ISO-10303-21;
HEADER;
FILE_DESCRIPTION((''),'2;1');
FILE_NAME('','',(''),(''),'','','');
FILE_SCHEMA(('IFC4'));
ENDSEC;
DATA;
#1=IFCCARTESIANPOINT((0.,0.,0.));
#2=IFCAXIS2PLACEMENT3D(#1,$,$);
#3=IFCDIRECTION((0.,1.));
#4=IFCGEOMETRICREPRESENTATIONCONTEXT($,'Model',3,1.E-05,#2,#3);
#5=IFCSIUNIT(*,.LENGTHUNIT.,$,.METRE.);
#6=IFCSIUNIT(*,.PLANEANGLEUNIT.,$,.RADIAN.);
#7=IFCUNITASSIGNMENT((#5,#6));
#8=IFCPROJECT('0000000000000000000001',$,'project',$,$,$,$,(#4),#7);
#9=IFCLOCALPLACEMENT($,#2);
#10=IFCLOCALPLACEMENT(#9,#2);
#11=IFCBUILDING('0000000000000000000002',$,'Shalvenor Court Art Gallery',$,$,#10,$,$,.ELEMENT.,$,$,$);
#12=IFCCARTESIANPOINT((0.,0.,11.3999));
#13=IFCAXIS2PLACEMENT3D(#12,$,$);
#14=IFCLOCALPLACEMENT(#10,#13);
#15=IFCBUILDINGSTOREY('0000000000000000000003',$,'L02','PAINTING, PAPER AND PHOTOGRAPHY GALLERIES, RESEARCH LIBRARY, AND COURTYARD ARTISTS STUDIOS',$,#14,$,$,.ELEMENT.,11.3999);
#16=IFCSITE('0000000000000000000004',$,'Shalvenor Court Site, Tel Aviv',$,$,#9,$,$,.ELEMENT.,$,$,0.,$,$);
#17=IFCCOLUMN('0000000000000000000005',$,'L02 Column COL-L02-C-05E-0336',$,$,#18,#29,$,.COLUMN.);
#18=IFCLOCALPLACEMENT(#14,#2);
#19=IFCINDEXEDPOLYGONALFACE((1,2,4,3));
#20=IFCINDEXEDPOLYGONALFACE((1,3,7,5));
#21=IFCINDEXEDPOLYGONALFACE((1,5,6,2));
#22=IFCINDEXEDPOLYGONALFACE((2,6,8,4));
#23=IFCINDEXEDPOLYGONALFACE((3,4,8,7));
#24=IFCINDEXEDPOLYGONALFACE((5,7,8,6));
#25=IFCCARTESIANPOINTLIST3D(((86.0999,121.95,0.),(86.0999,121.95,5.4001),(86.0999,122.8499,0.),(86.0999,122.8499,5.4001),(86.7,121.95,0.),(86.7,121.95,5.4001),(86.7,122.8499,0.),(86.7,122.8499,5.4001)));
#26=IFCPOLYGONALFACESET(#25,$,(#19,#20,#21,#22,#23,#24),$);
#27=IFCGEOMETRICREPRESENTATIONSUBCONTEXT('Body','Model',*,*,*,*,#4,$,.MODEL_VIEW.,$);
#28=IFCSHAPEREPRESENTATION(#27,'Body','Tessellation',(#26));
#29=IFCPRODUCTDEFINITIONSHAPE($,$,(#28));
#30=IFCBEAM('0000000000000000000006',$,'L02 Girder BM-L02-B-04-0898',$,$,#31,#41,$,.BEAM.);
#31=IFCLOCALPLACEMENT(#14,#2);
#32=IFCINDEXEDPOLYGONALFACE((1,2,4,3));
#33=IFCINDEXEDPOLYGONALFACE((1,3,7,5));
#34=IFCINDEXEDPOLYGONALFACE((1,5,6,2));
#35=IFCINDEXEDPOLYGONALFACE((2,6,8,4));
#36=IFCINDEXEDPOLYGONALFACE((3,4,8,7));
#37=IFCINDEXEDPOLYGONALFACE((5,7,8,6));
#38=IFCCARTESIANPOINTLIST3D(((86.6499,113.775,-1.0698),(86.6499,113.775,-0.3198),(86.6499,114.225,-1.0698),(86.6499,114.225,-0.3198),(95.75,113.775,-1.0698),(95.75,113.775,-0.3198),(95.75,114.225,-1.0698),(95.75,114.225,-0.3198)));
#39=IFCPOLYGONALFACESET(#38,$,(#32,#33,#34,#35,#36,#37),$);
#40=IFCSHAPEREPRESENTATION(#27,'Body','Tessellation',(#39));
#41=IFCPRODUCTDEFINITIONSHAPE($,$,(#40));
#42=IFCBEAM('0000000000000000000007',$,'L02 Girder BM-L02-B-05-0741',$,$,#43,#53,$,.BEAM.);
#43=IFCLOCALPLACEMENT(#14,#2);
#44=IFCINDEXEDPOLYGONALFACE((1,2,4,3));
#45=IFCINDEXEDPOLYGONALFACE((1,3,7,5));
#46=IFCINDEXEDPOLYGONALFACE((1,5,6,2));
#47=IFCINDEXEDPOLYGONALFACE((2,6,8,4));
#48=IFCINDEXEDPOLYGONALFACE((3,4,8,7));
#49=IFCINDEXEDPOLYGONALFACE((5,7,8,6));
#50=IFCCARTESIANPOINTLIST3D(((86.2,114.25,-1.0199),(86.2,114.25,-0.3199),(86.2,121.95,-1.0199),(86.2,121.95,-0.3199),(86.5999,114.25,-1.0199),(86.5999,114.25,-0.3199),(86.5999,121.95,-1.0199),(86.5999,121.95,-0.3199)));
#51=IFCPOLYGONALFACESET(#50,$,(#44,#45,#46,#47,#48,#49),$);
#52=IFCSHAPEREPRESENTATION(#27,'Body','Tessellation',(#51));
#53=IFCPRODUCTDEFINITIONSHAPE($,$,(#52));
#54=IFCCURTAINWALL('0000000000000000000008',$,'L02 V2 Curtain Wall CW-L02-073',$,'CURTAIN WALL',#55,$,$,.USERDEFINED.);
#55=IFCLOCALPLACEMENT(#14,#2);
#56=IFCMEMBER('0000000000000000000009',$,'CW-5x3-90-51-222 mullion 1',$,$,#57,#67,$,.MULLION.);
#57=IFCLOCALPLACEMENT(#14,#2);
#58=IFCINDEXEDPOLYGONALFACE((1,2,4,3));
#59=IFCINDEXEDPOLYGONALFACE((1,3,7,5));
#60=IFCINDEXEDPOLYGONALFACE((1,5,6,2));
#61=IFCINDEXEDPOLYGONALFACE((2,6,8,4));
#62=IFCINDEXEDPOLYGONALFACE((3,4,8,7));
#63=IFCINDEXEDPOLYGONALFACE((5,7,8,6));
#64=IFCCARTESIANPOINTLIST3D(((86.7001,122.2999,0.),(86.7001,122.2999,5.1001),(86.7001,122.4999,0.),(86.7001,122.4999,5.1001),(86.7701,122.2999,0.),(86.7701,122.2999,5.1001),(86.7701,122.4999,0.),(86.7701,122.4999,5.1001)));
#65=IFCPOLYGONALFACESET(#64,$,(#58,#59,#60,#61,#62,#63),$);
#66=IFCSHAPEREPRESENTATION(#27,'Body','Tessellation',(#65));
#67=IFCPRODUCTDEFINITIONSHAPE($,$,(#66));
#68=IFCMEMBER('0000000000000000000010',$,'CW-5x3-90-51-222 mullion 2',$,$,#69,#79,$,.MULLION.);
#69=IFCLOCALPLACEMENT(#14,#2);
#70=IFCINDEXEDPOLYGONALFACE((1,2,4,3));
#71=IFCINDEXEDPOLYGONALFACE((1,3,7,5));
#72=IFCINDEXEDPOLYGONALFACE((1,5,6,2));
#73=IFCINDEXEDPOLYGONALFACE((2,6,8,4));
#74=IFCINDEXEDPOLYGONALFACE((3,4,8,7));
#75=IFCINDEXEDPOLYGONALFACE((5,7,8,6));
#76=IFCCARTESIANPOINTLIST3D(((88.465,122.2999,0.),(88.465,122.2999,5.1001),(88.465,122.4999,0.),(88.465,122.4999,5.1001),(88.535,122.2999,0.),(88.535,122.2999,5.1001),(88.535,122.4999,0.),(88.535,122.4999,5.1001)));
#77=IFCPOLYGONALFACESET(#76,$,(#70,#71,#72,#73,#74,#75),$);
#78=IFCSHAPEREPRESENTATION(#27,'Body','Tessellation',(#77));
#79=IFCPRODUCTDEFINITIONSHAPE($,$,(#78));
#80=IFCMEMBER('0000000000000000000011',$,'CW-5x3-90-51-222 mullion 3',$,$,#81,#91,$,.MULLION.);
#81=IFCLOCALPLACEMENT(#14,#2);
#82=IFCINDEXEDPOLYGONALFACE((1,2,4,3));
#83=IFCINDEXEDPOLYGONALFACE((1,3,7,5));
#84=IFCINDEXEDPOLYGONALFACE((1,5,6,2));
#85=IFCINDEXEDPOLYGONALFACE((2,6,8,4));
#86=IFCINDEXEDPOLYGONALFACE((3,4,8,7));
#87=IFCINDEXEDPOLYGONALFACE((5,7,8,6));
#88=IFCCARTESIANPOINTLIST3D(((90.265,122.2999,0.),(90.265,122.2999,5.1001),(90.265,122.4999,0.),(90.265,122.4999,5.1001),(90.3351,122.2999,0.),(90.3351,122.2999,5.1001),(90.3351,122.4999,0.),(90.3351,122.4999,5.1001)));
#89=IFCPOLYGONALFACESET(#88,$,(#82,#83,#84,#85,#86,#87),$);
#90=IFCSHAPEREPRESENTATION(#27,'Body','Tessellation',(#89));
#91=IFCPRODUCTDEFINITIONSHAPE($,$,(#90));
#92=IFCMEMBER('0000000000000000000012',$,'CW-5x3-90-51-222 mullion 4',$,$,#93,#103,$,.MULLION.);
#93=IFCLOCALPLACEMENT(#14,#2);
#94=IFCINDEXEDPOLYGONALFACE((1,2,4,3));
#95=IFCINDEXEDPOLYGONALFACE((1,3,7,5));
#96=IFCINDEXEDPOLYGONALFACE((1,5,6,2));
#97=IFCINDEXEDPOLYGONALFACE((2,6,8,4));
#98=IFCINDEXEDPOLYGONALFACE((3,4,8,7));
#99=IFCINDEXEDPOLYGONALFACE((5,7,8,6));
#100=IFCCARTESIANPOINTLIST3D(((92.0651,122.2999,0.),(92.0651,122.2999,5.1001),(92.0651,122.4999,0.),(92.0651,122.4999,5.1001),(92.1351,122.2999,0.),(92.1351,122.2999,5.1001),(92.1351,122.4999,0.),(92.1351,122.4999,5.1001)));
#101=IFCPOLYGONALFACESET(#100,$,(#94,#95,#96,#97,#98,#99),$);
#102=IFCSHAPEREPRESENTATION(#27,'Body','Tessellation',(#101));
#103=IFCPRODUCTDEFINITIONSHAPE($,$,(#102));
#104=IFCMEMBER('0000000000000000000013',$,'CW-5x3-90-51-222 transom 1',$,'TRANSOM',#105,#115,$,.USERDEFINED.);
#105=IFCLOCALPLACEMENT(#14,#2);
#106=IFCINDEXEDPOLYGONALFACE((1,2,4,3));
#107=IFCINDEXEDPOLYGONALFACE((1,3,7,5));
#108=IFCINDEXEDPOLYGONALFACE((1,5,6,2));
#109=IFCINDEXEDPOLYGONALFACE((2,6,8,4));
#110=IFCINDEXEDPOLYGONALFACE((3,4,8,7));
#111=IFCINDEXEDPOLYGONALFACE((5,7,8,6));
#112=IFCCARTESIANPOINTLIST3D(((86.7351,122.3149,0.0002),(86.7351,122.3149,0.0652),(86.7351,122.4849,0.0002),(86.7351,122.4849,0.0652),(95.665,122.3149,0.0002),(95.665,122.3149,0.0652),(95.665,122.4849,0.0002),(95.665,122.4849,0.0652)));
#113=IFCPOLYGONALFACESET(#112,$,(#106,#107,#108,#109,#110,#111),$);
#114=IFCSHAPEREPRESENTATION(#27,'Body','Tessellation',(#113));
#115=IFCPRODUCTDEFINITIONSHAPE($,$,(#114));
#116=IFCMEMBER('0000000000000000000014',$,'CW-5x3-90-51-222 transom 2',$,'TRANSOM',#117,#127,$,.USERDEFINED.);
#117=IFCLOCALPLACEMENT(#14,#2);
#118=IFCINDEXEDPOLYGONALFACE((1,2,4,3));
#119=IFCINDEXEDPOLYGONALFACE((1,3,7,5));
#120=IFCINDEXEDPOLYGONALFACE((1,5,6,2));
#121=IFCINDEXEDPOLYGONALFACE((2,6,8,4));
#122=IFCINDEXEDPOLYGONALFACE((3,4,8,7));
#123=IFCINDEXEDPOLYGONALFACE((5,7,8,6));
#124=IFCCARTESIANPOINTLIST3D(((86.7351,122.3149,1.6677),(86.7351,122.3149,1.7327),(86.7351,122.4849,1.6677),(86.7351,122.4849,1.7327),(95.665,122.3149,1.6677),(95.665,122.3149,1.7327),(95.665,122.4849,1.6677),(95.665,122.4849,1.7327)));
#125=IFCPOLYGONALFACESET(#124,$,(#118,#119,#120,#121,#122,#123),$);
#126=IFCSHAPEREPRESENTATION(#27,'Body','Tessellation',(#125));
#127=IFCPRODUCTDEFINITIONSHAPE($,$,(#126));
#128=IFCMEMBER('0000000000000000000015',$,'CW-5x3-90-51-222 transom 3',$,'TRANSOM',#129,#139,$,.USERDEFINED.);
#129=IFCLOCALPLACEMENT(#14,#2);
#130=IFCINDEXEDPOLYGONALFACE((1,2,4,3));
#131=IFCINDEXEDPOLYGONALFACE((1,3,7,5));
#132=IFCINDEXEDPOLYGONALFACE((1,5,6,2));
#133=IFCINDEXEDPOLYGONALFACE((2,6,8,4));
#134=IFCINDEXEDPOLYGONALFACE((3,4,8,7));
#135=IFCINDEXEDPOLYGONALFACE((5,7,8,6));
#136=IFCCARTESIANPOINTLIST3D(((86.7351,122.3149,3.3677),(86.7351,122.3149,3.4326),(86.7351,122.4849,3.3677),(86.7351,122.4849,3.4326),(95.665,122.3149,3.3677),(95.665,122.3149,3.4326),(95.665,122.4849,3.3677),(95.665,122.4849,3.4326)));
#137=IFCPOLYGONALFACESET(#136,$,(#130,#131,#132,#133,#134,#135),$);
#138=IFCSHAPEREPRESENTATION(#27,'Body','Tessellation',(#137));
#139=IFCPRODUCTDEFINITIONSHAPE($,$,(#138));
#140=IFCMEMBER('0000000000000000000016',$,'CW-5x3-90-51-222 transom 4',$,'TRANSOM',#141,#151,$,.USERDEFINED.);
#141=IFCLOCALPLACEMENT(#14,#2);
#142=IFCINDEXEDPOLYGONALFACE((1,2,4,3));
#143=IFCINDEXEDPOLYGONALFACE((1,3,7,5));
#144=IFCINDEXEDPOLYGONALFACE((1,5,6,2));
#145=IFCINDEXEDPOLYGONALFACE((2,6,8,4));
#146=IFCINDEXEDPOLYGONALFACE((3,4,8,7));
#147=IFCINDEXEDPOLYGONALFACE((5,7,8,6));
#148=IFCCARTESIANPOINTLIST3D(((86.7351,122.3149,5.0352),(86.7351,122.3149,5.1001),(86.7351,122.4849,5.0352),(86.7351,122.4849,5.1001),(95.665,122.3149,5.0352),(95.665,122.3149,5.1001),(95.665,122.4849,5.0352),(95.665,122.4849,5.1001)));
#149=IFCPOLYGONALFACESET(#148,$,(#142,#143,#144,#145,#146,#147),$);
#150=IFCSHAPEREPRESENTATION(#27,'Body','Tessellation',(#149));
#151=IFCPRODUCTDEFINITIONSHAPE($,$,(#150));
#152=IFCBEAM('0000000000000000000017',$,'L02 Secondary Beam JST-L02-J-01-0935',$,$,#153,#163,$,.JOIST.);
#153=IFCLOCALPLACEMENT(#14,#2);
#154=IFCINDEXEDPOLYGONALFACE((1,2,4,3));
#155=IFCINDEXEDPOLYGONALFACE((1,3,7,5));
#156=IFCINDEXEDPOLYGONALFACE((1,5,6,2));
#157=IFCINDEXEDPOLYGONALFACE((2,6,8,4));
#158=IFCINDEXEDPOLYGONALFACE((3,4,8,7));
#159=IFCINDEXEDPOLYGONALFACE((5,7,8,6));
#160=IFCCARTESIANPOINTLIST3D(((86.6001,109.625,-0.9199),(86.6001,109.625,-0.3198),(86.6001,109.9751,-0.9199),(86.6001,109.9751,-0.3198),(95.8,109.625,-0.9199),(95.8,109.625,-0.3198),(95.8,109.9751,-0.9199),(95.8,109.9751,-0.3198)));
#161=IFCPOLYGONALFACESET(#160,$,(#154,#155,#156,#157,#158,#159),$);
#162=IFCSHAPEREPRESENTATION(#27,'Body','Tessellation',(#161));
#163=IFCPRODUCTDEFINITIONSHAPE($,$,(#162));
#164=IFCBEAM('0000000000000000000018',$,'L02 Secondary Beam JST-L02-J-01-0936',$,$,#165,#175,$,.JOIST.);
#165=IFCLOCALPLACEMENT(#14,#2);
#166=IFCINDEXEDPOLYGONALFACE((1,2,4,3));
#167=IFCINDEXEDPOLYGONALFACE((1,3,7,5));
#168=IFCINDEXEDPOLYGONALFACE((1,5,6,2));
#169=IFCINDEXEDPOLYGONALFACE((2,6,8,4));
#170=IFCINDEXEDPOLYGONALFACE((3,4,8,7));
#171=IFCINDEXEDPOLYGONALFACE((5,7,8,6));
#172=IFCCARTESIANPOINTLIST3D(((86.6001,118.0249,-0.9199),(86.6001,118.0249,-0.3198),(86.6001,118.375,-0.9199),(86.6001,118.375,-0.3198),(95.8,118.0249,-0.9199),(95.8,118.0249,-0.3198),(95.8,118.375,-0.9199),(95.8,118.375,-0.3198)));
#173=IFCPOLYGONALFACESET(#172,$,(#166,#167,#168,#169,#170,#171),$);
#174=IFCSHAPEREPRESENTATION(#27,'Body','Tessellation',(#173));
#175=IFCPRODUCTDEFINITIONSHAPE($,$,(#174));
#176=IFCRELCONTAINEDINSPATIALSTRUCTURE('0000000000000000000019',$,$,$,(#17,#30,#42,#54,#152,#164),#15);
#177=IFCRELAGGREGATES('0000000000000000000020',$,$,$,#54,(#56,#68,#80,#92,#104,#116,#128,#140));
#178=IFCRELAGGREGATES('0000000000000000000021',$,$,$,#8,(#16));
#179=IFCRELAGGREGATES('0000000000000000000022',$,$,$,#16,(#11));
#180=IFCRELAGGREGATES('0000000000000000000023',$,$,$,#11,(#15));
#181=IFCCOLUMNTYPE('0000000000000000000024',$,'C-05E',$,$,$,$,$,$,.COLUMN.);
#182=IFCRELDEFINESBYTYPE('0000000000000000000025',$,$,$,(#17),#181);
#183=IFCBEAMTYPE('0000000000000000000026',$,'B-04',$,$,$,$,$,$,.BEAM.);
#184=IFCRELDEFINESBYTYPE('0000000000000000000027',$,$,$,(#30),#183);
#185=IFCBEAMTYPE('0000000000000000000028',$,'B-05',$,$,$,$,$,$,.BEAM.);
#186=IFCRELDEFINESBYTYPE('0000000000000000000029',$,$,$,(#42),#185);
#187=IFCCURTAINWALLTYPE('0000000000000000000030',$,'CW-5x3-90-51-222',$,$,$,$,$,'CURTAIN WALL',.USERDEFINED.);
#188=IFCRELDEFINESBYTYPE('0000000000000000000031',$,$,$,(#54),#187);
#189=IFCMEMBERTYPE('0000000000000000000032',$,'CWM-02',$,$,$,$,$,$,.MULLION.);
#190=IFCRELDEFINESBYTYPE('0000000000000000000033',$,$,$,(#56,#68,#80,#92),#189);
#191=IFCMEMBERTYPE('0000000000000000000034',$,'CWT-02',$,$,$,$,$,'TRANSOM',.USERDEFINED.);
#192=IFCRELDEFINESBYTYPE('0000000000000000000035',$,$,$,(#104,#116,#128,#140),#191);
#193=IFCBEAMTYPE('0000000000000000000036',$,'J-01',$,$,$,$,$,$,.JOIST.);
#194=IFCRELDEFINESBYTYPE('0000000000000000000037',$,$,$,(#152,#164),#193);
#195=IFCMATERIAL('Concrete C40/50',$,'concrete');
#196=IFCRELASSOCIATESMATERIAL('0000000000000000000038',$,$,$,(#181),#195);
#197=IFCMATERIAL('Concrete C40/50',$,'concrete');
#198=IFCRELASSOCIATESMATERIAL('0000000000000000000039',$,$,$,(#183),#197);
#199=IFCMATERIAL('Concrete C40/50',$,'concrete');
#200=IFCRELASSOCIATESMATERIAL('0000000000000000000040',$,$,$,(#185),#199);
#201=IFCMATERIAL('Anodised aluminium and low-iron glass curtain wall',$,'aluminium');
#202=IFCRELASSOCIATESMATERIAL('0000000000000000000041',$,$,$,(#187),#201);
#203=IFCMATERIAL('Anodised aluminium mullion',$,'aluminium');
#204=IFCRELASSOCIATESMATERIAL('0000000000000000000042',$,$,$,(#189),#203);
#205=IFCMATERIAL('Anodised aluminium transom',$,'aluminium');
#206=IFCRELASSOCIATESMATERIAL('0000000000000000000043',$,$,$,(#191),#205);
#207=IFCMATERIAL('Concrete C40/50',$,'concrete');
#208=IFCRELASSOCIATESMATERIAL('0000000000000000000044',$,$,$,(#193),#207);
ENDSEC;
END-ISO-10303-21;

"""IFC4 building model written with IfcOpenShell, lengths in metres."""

from ifc_helpers import new_model, si_unit, direction, frame, origin, origin_2d, place, context, subcontext, project, spatial, rectangle, extrude, material, material_profile, profile_set, type_object, element, aggregate, save


model = new_model("IFC4")

# Units and contexts
model_context = context("Model", 3, precision=1e-05, world=origin(), true_north=direction((0.0, 1.0)))
body_context = subcontext(model_context, "Body", "Model", "MODEL_VIEW")
ifc_project = project(units=[si_unit("LENGTHUNIT", "METRE"), si_unit("PLANEANGLEUNIT", "RADIAN")], contexts=[model_context])

# Site, building, storey
site_placement = place(None, origin())
site = spatial("IfcSite", under=ifc_project, at=site_placement, Name="Shalvenor Court Site, Tel Aviv", CompositionType="ELEMENT", RefElevation=0.0)
building_placement = place(site_placement, origin())
building = spatial("IfcBuilding", under=site, at=building_placement, Name="Shalvenor Court Art Gallery", CompositionType="ELEMENT")
storey_placement = place(building_placement, frame((0.0, 0.0, 11.3999)))
storey = spatial("IfcBuildingStorey", under=building, at=storey_placement, Name="L02", Description="PAINTING, PAPER AND PHOTOGRAPHY GALLERIES, RESEARCH LIBRARY, AND COURTYARD ARTISTS STUDIOS", CompositionType="ELEMENT", Elevation=11.3999)

# Column
ifc_material_1 = material(Name="Concrete C40/50", Category="concrete")
ifc_material_profile_1 = material_profile(ifc_material_1, rectangle(XDim=0.6001, YDim=0.8999, at=origin_2d()), Name="RC 600x900")
ifc_profile_set_1 = profile_set([ifc_material_profile_1], Name="Concrete C40/50")
column_type = type_object("IfcColumnType", Name="C-05E", PredefinedType="COLUMN", material=ifc_profile_set_1)
column_placement = place(storey_placement, frame((86.3999, 122.3999, 0.0), z_axis=(0.0, 0.0, 1.0), x_axis=(1.0, 0.0, 0.0)))
element("IfcColumn", 1, at=column_placement, inside=storey, type_object=column_type, Name="L02 Column COL-L02-C-05E-0336", PredefinedType="COLUMN", context=body_context, shape_type="SweptSolid", body=[
    extrude(rectangle(XDim=0.6001, YDim=0.8999, at=origin_2d()), origin(), (0.0, 0.0, 1.0), 5.4001),
])

# Beams
ifc_material_2 = material(Name="Concrete C40/50", Category="concrete")
ifc_material_profile_2 = material_profile(ifc_material_2, rectangle(XDim=0.45, YDim=0.75, at=origin_2d()), Name="RC 450x750")
ifc_profile_set_2 = profile_set([ifc_material_profile_2], Name="Concrete C40/50")
beam_type_1 = type_object("IfcBeamType", Name="B-04", PredefinedType="BEAM", material=ifc_profile_set_2)
beam_1_placement = place(storey_placement, frame((86.6499, 114.0, -0.6948), z_axis=(1.0, 0.0, 0.0), x_axis=(0.0, 1.0, 0.0)))
element("IfcBeam", 2, at=beam_1_placement, inside=storey, type_object=beam_type_1, Name="L02 Girder BM-L02-B-04-0898", PredefinedType="BEAM", context=body_context, shape_type="SweptSolid", body=[
    extrude(rectangle(XDim=0.45, YDim=0.75, at=origin_2d()), origin(), (0.0, 0.0, 1.0), 9.1001),
])
ifc_material_3 = material(Name="Concrete C40/50", Category="concrete")
ifc_material_profile_3 = material_profile(ifc_material_3, rectangle(XDim=0.3999, YDim=0.7, at=origin_2d()), Name="RC 400x700")
ifc_profile_set_3 = profile_set([ifc_material_profile_3], Name="Concrete C40/50")
beam_type_2 = type_object("IfcBeamType", Name="B-05", PredefinedType="BEAM", material=ifc_profile_set_3)
beam_2_placement = place(storey_placement, frame((86.3999, 114.25, -0.6699), z_axis=(0.0, 1.0, 0.0), x_axis=(-1.0, 0.0, 0.0)))
element("IfcBeam", 3, at=beam_2_placement, inside=storey, type_object=beam_type_2, Name="L02 Girder BM-L02-B-05-0741", PredefinedType="BEAM", context=body_context, shape_type="SweptSolid", body=[
    extrude(rectangle(XDim=0.3999, YDim=0.7, at=origin_2d()), origin(), (0.0, 0.0, 1.0), 7.7),
])

# Curtain wall, members
ifc_material_4 = material(Name="Anodised aluminium and low-iron glass curtain wall", Category="aluminium")
curtain_wall_type = type_object("IfcCurtainWallType", Name="CW-5x3-90-51-222", ElementType="CURTAIN WALL", PredefinedType="USERDEFINED", material=ifc_material_4)
curtain_wall_placement = place(storey_placement, origin())
curtain_wall = element("IfcCurtainWall", 4, at=curtain_wall_placement, inside=storey, type_object=curtain_wall_type, Name="L02 V2 Curtain Wall CW-L02-073", ObjectType="CURTAIN WALL", PredefinedType="USERDEFINED")
ifc_material_5 = material(Name="Anodised aluminium mullion", Category="aluminium")
ifc_material_profile_4 = material_profile(ifc_material_5, rectangle(XDim=0.0701, YDim=0.2, at=origin_2d()), Name="CWM-02")
ifc_profile_set_4 = profile_set([ifc_material_profile_4], Name="Anodised aluminium mullion")
member_type_1 = type_object("IfcMemberType", Name="CWM-02", PredefinedType="MULLION", material=ifc_profile_set_4)
member_1_placement = place(storey_placement, frame((86.7351, 122.3999, 0.0), z_axis=(0.0, 0.0, 1.0), x_axis=(1.0, 0.0, 0.0)))
member_1 = element("IfcMember", 5, at=member_1_placement, type_object=member_type_1, Name="CW-5x3-90-51-222 mullion 1", PredefinedType="MULLION", context=body_context, shape_type="SweptSolid", body=[
    extrude(rectangle(XDim=0.0701, YDim=0.2, at=origin_2d()), origin(), (0.0, 0.0, 1.0), 5.1001),
])
member_2_placement = place(storey_placement, frame((88.5, 122.3999, 0.0), z_axis=(0.0, 0.0, 1.0), x_axis=(1.0, 0.0, 0.0)))
member_2 = element("IfcMember", 6, at=member_2_placement, type_object=member_type_1, Name="CW-5x3-90-51-222 mullion 2", PredefinedType="MULLION", context=body_context, shape_type="SweptSolid", body=[
    extrude(rectangle(XDim=0.0701, YDim=0.2, at=origin_2d()), origin(), (0.0, 0.0, 1.0), 5.1001),
])
member_3_placement = place(storey_placement, frame((90.3, 122.3999, 0.0), z_axis=(0.0, 0.0, 1.0), x_axis=(1.0, 0.0, 0.0)))
member_3 = element("IfcMember", 7, at=member_3_placement, type_object=member_type_1, Name="CW-5x3-90-51-222 mullion 3", PredefinedType="MULLION", context=body_context, shape_type="SweptSolid", body=[
    extrude(rectangle(XDim=0.0701, YDim=0.2, at=origin_2d()), origin(), (0.0, 0.0, 1.0), 5.1001),
])
member_4_placement = place(storey_placement, frame((92.1001, 122.3999, 0.0), z_axis=(0.0, 0.0, 1.0), x_axis=(1.0, 0.0, 0.0)))
member_4 = element("IfcMember", 8, at=member_4_placement, type_object=member_type_1, Name="CW-5x3-90-51-222 mullion 4", PredefinedType="MULLION", context=body_context, shape_type="SweptSolid", body=[
    extrude(rectangle(XDim=0.0701, YDim=0.2, at=origin_2d()), origin(), (0.0, 0.0, 1.0), 5.1001),
])
ifc_material_6 = material(Name="Anodised aluminium transom", Category="aluminium")
ifc_material_profile_5 = material_profile(ifc_material_6, rectangle(XDim=0.1699, YDim=0.0649, at=origin_2d()), Name="CWT-02")
ifc_profile_set_5 = profile_set([ifc_material_profile_5], Name="Anodised aluminium transom")
member_type_2 = type_object("IfcMemberType", Name="CWT-02", ElementType="TRANSOM", PredefinedType="USERDEFINED", material=ifc_profile_set_5)
member_5_placement = place(storey_placement, frame((86.7351, 122.3999, 0.0327), z_axis=(1.0, 0.0, 0.0), x_axis=(0.0, 1.0, 0.0)))
member_5 = element("IfcMember", 9, at=member_5_placement, type_object=member_type_2, Name="CW-5x3-90-51-222 transom 1", ObjectType="TRANSOM", PredefinedType="USERDEFINED", context=body_context, shape_type="SweptSolid", body=[
    extrude(rectangle(XDim=0.1699, YDim=0.0649, at=origin_2d()), origin(), (0.0, 0.0, 1.0), 8.9299),
])
member_6_placement = place(storey_placement, frame((86.7351, 122.3999, 1.7002), z_axis=(1.0, 0.0, 0.0), x_axis=(0.0, 1.0, 0.0)))
member_6 = element("IfcMember", 10, at=member_6_placement, type_object=member_type_2, Name="CW-5x3-90-51-222 transom 2", ObjectType="TRANSOM", PredefinedType="USERDEFINED", context=body_context, shape_type="SweptSolid", body=[
    extrude(rectangle(XDim=0.1699, YDim=0.0649, at=origin_2d()), origin(), (0.0, 0.0, 1.0), 8.9299),
])
member_7_placement = place(storey_placement, frame((86.7351, 122.3999, 3.4001), z_axis=(1.0, 0.0, 0.0), x_axis=(0.0, 1.0, 0.0)))
member_7 = element("IfcMember", 11, at=member_7_placement, type_object=member_type_2, Name="CW-5x3-90-51-222 transom 3", ObjectType="TRANSOM", PredefinedType="USERDEFINED", context=body_context, shape_type="SweptSolid", body=[
    extrude(rectangle(XDim=0.1699, YDim=0.0649, at=origin_2d()), origin(), (0.0, 0.0, 1.0), 8.9299),
])
member_8_placement = place(storey_placement, frame((86.7351, 122.3999, 5.0676), z_axis=(1.0, 0.0, 0.0), x_axis=(0.0, 1.0, 0.0)))
member_8 = element("IfcMember", 12, at=member_8_placement, type_object=member_type_2, Name="CW-5x3-90-51-222 transom 4", ObjectType="TRANSOM", PredefinedType="USERDEFINED", context=body_context, shape_type="SweptSolid", body=[
    extrude(rectangle(XDim=0.1699, YDim=0.0649, at=origin_2d()), origin(), (0.0, 0.0, 1.0), 8.9299),
])

# Beams
ifc_material_7 = material(Name="Concrete C40/50", Category="concrete")
ifc_material_profile_6 = material_profile(ifc_material_7, rectangle(XDim=0.3501, YDim=0.6001, at=origin_2d()), Name="RC 350x600")
ifc_profile_set_6 = profile_set([ifc_material_profile_6], Name="Concrete C40/50")
beam_type_3 = type_object("IfcBeamType", Name="J-01", PredefinedType="JOIST", material=ifc_profile_set_6)
for number, where, z_axis, x_axis, name in (
    (13, (86.6001, 109.8, -0.6199), (1.0, 0.0, 0.0), (0.0, 1.0, 0.0), "L02 Secondary Beam JST-L02-J-01-0935"),
    (14, (86.6001, 118.2, -0.6199), (1.0, 0.0, 0.0), (0.0, 1.0, 0.0), "L02 Secondary Beam JST-L02-J-01-0936"),
):
    element("IfcBeam", number, at=place(storey_placement, frame(where, z_axis=z_axis, x_axis=x_axis)), inside=storey, type_object=beam_type_3, Name=name, PredefinedType="JOIST", context=body_context, shape_type="SweptSolid", body=[
        extrude(rectangle(XDim=0.3501, YDim=0.6001, at=origin_2d()), origin(), (0.0, 0.0, 1.0), 9.2),
    ])

aggregate(curtain_wall, [member_1, member_2, member_3, member_4, member_5, member_6, member_7, member_8])

save(model, "model.ifc")
